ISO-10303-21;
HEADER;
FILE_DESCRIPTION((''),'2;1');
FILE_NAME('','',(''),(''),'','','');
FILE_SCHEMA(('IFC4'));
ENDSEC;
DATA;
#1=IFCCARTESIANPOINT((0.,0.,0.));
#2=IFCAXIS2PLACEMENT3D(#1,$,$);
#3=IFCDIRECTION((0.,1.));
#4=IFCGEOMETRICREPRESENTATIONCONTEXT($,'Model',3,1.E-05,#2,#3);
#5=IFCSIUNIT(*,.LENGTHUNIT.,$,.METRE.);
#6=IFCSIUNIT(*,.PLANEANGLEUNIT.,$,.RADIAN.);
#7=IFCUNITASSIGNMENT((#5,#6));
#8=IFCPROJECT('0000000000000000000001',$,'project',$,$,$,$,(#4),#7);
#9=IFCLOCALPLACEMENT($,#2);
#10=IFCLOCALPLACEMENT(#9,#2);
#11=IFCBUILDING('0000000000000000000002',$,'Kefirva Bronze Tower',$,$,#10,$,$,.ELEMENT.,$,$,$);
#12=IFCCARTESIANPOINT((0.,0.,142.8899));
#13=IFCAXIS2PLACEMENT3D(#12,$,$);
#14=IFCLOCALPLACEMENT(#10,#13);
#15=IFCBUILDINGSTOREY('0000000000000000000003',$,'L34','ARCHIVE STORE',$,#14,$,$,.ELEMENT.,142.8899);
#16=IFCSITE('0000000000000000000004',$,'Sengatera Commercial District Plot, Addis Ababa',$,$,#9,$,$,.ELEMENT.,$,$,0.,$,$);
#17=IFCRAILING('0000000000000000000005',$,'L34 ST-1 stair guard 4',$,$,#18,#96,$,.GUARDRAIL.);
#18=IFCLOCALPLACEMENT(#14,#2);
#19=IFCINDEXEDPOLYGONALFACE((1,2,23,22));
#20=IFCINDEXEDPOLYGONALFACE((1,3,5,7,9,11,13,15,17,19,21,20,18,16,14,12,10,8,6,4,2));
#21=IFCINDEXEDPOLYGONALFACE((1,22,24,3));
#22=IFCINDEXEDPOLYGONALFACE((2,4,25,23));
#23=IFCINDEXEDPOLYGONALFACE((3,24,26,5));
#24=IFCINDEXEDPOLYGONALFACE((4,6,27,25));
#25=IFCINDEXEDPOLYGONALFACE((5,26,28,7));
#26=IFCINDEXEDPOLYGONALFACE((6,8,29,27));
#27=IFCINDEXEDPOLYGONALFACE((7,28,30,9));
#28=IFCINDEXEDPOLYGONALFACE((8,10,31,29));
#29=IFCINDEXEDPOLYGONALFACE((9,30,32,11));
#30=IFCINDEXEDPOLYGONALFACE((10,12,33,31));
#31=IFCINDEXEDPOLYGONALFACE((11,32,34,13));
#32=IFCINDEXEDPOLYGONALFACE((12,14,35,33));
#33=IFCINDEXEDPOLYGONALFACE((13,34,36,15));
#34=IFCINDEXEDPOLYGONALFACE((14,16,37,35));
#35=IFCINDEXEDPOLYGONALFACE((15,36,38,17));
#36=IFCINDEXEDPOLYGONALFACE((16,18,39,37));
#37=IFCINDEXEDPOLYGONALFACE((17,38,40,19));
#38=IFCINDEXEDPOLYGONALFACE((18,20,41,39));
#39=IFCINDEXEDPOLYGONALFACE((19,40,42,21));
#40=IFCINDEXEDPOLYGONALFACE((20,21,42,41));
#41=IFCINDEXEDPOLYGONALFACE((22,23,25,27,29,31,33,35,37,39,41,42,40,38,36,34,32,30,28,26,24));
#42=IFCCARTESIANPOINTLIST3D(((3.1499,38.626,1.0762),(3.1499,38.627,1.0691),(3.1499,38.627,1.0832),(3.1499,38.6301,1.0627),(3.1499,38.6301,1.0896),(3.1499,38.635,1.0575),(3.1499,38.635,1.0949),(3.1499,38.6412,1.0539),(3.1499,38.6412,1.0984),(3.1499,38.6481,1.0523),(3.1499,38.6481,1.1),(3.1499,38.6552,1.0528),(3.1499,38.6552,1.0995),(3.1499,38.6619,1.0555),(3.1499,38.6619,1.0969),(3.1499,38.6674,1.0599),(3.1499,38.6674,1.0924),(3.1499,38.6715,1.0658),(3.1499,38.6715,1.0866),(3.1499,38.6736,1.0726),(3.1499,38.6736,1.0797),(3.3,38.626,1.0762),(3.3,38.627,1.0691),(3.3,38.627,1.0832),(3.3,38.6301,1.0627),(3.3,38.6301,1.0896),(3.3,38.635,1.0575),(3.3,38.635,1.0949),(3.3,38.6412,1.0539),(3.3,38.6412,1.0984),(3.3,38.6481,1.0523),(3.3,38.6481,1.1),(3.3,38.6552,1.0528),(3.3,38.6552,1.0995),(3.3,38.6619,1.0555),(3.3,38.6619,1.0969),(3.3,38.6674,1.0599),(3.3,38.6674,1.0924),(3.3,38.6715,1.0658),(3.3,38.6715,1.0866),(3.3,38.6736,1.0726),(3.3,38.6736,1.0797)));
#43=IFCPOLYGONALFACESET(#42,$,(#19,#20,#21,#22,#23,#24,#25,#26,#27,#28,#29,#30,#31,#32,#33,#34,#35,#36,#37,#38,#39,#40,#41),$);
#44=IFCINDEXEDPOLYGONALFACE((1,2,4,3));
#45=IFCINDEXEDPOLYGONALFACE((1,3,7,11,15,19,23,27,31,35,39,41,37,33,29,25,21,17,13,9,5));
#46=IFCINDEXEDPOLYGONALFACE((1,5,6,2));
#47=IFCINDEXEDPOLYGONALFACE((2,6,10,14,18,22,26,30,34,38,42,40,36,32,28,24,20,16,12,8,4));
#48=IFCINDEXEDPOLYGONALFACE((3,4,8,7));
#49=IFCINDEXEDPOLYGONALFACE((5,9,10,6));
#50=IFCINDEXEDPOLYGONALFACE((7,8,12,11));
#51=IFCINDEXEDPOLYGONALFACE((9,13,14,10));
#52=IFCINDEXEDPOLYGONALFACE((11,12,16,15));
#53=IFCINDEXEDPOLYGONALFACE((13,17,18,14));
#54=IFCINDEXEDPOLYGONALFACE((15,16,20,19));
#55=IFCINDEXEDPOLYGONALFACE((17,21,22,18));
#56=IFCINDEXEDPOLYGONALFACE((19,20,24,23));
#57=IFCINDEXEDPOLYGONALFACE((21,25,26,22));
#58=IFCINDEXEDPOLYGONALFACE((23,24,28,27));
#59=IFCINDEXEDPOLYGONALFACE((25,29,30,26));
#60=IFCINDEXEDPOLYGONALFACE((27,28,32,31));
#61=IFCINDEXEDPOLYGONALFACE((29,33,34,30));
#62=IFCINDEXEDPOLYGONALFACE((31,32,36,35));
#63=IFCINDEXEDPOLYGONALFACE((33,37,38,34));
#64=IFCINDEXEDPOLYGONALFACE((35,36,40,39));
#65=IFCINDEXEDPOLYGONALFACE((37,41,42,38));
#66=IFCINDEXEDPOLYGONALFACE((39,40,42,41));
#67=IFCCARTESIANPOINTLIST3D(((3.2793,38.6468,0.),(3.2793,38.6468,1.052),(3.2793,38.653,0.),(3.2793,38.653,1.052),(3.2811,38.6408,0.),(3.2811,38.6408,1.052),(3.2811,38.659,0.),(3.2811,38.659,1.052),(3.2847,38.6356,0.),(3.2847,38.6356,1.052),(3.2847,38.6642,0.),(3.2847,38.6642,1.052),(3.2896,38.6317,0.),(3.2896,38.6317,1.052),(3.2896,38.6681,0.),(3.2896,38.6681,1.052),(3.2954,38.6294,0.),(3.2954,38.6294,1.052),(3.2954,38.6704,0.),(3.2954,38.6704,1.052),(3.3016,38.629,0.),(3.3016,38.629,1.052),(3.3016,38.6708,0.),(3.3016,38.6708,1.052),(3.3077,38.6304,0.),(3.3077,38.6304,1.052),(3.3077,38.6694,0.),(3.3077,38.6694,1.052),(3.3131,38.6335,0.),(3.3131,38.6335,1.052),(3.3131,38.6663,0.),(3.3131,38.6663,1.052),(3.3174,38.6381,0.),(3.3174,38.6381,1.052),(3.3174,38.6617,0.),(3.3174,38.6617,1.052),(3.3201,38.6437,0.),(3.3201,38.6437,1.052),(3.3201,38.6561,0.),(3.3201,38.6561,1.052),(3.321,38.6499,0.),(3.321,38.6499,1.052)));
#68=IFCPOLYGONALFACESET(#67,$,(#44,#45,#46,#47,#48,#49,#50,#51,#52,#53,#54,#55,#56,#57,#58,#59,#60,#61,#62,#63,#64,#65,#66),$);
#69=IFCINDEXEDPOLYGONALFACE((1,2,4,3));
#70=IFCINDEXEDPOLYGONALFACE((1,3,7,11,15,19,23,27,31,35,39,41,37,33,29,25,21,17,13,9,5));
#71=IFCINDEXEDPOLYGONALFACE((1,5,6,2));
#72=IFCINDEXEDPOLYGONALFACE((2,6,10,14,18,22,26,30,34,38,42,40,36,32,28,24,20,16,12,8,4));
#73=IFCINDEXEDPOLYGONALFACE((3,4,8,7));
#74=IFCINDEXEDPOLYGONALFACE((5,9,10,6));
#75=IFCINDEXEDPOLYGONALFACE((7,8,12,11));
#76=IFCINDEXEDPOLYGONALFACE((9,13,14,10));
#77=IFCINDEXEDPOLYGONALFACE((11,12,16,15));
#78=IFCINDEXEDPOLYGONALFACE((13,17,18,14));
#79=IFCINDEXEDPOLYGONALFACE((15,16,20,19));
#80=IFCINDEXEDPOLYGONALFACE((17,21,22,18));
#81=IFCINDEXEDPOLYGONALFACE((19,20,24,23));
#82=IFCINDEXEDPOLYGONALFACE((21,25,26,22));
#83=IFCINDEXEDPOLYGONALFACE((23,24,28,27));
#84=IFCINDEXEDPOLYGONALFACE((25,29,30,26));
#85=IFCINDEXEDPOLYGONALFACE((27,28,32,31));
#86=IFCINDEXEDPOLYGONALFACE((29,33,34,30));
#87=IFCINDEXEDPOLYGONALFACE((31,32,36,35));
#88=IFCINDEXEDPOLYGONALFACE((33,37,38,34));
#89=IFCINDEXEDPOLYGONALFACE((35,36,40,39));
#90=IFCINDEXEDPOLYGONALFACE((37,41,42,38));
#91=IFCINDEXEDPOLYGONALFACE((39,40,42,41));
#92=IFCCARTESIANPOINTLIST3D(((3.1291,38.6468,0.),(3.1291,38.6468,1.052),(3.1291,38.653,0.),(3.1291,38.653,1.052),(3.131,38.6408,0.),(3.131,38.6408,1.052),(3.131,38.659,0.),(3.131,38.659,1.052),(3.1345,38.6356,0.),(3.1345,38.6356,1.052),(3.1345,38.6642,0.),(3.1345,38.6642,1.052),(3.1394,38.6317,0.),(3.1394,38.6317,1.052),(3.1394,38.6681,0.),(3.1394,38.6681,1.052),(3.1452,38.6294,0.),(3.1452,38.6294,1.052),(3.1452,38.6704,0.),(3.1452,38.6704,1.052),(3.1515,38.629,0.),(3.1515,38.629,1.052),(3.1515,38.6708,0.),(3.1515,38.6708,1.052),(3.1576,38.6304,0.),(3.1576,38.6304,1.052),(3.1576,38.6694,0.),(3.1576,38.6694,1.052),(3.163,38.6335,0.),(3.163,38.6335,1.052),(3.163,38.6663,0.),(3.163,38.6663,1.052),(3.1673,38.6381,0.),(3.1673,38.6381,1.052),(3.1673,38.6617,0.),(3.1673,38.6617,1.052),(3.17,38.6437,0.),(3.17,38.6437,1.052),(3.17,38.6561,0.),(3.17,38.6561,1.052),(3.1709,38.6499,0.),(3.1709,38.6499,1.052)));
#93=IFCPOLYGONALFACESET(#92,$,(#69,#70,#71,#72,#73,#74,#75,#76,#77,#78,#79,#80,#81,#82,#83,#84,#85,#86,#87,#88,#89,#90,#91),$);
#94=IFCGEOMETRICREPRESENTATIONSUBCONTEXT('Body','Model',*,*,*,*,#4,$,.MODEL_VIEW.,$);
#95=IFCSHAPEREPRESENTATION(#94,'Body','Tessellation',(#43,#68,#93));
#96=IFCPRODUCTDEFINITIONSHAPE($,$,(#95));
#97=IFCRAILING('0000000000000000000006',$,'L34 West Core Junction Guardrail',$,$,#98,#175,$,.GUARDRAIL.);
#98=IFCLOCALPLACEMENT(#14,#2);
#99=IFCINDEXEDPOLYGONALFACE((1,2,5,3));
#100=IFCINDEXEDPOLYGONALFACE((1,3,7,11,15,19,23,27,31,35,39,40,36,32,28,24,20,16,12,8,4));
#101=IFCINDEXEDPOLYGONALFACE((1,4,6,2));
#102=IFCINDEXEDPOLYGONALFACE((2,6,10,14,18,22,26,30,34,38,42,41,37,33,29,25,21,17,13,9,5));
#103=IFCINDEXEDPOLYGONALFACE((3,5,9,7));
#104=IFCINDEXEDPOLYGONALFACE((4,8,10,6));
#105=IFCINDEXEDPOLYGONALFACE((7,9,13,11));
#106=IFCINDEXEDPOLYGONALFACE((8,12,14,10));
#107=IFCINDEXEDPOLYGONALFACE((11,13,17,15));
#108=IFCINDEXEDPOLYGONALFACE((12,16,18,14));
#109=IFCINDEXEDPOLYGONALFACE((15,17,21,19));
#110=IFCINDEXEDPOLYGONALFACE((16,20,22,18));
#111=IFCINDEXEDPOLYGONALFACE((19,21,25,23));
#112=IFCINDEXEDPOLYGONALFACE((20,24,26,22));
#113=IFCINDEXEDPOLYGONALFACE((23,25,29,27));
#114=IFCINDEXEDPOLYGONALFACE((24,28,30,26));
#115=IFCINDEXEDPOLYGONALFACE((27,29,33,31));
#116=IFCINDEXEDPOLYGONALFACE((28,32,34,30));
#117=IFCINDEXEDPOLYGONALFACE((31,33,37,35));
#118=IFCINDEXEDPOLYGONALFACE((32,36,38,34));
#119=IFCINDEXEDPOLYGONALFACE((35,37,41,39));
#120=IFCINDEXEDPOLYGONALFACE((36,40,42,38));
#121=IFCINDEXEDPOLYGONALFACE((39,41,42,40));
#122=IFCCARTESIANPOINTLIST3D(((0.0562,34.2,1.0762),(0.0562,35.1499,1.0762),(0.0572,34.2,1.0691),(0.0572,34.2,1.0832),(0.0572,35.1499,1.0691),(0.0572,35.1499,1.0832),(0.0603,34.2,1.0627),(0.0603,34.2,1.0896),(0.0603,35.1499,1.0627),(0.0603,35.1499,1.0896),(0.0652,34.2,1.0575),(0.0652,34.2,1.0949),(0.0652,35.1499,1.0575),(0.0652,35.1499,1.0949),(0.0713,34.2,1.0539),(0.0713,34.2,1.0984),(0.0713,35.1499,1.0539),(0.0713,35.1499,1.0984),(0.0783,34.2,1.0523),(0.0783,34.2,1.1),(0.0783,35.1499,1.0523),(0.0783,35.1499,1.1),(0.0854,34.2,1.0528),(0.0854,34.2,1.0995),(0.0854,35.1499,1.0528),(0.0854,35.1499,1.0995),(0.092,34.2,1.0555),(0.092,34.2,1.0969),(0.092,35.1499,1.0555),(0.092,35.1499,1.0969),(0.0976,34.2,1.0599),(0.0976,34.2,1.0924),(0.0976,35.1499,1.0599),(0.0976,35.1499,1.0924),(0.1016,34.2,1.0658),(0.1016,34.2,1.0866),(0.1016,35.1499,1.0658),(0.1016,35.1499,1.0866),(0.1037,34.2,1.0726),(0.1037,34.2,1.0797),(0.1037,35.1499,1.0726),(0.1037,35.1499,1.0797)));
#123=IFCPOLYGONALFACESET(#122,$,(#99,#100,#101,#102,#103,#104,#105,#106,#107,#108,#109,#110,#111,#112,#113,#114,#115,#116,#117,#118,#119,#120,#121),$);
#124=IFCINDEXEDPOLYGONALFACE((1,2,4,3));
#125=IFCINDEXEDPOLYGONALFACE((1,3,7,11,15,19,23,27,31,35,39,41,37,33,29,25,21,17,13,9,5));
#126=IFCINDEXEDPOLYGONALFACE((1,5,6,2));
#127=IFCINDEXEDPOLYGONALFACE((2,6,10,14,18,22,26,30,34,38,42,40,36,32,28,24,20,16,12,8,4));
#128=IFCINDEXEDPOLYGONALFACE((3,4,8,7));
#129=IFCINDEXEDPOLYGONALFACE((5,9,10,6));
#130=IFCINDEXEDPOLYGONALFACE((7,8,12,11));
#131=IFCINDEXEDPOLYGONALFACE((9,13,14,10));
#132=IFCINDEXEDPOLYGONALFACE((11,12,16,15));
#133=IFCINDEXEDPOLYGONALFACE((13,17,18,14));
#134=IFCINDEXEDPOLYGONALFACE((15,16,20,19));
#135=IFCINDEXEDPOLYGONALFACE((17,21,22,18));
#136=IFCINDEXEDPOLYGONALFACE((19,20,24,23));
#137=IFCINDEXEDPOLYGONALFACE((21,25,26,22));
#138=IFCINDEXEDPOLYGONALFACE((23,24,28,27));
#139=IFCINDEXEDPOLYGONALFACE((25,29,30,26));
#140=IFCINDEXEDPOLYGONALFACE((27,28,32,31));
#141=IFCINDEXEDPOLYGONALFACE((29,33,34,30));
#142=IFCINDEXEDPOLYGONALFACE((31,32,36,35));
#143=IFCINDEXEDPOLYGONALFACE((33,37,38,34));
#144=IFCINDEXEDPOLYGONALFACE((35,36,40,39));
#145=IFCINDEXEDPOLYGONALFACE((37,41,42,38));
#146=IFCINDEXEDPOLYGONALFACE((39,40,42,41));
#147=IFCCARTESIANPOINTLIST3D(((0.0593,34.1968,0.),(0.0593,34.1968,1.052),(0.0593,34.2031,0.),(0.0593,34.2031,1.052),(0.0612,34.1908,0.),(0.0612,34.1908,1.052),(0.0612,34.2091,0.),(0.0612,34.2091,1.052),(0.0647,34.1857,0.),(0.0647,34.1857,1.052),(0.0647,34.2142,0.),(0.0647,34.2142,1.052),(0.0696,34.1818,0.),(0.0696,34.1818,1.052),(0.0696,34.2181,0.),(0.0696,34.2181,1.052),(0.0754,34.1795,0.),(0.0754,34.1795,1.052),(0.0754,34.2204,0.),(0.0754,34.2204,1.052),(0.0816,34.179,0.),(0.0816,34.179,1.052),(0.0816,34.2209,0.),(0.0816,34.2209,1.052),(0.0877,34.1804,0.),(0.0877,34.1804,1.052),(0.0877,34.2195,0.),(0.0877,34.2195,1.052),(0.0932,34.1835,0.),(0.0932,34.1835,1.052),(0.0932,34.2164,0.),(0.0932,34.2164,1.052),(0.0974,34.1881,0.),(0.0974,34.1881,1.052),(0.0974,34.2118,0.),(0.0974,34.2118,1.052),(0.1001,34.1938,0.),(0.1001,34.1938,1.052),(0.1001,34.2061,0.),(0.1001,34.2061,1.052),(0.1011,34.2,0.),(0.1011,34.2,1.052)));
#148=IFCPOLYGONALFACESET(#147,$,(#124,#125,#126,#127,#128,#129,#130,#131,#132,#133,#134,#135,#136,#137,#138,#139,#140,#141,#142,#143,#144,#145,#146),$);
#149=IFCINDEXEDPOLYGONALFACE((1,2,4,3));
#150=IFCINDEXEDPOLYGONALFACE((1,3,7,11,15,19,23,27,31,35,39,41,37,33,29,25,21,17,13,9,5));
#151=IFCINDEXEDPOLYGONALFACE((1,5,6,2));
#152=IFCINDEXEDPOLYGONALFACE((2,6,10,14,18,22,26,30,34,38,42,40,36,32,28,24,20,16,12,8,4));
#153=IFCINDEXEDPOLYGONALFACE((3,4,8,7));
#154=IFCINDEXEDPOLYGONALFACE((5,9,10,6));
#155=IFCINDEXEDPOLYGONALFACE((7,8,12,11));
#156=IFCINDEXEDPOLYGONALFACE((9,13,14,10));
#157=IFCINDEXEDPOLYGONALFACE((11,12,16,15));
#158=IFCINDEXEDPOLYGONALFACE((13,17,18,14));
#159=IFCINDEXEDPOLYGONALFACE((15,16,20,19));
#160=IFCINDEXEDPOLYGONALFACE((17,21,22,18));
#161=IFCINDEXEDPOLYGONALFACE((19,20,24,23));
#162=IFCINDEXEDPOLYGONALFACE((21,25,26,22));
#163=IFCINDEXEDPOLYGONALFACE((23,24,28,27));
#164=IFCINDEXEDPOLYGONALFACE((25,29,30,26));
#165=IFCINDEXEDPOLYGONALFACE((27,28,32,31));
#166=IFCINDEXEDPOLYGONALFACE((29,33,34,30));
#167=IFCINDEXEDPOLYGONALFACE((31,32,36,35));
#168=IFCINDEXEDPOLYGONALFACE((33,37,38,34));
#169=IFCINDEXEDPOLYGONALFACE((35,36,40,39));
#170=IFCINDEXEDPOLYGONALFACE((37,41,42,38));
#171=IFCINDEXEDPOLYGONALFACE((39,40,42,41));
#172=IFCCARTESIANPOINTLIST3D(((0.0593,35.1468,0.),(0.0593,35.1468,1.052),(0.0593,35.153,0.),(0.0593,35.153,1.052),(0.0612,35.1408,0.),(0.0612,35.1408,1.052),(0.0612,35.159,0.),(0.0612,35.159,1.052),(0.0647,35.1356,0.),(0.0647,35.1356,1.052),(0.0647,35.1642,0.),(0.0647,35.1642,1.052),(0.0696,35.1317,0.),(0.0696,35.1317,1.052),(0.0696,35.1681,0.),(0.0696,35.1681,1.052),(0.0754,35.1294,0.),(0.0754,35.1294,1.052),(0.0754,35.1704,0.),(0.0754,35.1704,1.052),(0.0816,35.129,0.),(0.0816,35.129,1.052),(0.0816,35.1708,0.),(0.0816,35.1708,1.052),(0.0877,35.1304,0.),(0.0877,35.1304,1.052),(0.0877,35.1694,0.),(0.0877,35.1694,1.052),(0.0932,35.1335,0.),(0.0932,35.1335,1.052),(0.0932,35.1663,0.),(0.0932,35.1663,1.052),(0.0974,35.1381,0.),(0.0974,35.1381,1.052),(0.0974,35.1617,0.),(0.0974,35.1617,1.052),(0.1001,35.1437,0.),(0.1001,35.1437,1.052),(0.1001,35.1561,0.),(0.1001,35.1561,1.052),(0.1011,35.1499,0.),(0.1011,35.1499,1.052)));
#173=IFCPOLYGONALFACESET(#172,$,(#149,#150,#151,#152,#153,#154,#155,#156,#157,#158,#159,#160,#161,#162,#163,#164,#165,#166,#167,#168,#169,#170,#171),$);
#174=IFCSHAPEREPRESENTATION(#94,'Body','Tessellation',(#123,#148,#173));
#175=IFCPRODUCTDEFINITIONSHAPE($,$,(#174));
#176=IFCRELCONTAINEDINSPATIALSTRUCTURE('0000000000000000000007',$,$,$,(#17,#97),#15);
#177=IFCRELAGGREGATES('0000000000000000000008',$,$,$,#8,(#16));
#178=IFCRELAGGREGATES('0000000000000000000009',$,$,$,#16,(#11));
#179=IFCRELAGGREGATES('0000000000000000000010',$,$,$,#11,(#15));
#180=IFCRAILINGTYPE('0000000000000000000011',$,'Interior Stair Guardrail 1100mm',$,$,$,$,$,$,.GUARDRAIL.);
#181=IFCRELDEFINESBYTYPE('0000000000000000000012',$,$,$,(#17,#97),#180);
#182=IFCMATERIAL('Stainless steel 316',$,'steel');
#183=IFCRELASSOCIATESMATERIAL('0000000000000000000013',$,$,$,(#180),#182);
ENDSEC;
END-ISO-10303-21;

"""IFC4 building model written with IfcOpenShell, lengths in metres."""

from ifc_helpers import new_model, si_unit, direction, frame, origin, origin_2d, place, context, subcontext, project, spatial, circle, extrude, material, type_object, element, save


model = new_model("IFC4")

# Units and contexts
model_context = context("Model", 3, precision=1e-05, world=origin(), true_north=direction((0.0, 1.0)))
body_context = subcontext(model_context, "Body", "Model", "MODEL_VIEW")
ifc_project = project(units=[si_unit("LENGTHUNIT", "METRE"), si_unit("PLANEANGLEUNIT", "RADIAN")], contexts=[model_context])

# Site, building, storey
site_placement = place(None, origin())
site = spatial("IfcSite", under=ifc_project, at=site_placement, Name="Sengatera Commercial District Plot, Addis Ababa", CompositionType="ELEMENT", RefElevation=0.0)
building_placement = place(site_placement, origin())
building = spatial("IfcBuilding", under=site, at=building_placement, Name="Kefirva Bronze Tower", CompositionType="ELEMENT")
storey_placement = place(building_placement, frame((0.0, 0.0, 142.8899)))
storey = spatial("IfcBuildingStorey", under=building, at=storey_placement, Name="L34", Description="ARCHIVE STORE", CompositionType="ELEMENT", Elevation=142.8899)

# Railings
ifc_material_1 = material(Name="Stainless steel 316", Category="steel")
railing_type_1 = type_object("IfcRailingType", Name="Interior Stair Guardrail 1100mm", PredefinedType="GUARDRAIL", material=ifc_material_1)
railing_1_placement = place(storey_placement, frame((3.3, 38.6499, 0.0)))
element("IfcRailing", 1, at=railing_1_placement, inside=storey, type_object=railing_type_1, Name="L34 ST-1 stair guard 4", PredefinedType="GUARDRAIL", context=body_context, shape_type="SweptSolid", body=[
    extrude(circle(Radius=0.0239, at=origin_2d()), frame((0.0, 0.0, 1.0762), z_axis=(-1.0, 0.0, 0.0), x_axis=(0.0, -1.0, 0.0)), (0.0, 0.0, 1.0), 0.1501),
    extrude(circle(Radius=0.021, at=origin_2d()), origin(), (0.0, 0.0, 1.0), 1.052),
    extrude(circle(Radius=0.021, at=origin_2d()), frame((-0.1501, 0.0, 0.0)), (0.0, 0.0, 1.0), 1.052),
])
railing_2_placement = place(storey_placement, frame((0.0801, 34.2, 0.0)))
element("IfcRailing", 2, at=railing_2_placement, inside=storey, type_object=railing_type_1, Name="L34 West Core Junction Guardrail", PredefinedType="GUARDRAIL", context=body_context, shape_type="SweptSolid", body=[
    extrude(circle(Radius=0.0239, at=origin_2d()), frame((0.0, 0.0, 1.0762), z_axis=(0.0, 1.0, 0.0), x_axis=(-1.0, 0.0, 0.0)), (0.0, 0.0, 1.0), 0.95),
    extrude(circle(Radius=0.021, at=origin_2d()), origin(), (0.0, 0.0, 1.0), 1.052),
    extrude(circle(Radius=0.021, at=origin_2d()), frame((0.0, 0.95, 0.0)), (0.0, 0.0, 1.0), 1.052),
])

save(model, "model.ifc")
